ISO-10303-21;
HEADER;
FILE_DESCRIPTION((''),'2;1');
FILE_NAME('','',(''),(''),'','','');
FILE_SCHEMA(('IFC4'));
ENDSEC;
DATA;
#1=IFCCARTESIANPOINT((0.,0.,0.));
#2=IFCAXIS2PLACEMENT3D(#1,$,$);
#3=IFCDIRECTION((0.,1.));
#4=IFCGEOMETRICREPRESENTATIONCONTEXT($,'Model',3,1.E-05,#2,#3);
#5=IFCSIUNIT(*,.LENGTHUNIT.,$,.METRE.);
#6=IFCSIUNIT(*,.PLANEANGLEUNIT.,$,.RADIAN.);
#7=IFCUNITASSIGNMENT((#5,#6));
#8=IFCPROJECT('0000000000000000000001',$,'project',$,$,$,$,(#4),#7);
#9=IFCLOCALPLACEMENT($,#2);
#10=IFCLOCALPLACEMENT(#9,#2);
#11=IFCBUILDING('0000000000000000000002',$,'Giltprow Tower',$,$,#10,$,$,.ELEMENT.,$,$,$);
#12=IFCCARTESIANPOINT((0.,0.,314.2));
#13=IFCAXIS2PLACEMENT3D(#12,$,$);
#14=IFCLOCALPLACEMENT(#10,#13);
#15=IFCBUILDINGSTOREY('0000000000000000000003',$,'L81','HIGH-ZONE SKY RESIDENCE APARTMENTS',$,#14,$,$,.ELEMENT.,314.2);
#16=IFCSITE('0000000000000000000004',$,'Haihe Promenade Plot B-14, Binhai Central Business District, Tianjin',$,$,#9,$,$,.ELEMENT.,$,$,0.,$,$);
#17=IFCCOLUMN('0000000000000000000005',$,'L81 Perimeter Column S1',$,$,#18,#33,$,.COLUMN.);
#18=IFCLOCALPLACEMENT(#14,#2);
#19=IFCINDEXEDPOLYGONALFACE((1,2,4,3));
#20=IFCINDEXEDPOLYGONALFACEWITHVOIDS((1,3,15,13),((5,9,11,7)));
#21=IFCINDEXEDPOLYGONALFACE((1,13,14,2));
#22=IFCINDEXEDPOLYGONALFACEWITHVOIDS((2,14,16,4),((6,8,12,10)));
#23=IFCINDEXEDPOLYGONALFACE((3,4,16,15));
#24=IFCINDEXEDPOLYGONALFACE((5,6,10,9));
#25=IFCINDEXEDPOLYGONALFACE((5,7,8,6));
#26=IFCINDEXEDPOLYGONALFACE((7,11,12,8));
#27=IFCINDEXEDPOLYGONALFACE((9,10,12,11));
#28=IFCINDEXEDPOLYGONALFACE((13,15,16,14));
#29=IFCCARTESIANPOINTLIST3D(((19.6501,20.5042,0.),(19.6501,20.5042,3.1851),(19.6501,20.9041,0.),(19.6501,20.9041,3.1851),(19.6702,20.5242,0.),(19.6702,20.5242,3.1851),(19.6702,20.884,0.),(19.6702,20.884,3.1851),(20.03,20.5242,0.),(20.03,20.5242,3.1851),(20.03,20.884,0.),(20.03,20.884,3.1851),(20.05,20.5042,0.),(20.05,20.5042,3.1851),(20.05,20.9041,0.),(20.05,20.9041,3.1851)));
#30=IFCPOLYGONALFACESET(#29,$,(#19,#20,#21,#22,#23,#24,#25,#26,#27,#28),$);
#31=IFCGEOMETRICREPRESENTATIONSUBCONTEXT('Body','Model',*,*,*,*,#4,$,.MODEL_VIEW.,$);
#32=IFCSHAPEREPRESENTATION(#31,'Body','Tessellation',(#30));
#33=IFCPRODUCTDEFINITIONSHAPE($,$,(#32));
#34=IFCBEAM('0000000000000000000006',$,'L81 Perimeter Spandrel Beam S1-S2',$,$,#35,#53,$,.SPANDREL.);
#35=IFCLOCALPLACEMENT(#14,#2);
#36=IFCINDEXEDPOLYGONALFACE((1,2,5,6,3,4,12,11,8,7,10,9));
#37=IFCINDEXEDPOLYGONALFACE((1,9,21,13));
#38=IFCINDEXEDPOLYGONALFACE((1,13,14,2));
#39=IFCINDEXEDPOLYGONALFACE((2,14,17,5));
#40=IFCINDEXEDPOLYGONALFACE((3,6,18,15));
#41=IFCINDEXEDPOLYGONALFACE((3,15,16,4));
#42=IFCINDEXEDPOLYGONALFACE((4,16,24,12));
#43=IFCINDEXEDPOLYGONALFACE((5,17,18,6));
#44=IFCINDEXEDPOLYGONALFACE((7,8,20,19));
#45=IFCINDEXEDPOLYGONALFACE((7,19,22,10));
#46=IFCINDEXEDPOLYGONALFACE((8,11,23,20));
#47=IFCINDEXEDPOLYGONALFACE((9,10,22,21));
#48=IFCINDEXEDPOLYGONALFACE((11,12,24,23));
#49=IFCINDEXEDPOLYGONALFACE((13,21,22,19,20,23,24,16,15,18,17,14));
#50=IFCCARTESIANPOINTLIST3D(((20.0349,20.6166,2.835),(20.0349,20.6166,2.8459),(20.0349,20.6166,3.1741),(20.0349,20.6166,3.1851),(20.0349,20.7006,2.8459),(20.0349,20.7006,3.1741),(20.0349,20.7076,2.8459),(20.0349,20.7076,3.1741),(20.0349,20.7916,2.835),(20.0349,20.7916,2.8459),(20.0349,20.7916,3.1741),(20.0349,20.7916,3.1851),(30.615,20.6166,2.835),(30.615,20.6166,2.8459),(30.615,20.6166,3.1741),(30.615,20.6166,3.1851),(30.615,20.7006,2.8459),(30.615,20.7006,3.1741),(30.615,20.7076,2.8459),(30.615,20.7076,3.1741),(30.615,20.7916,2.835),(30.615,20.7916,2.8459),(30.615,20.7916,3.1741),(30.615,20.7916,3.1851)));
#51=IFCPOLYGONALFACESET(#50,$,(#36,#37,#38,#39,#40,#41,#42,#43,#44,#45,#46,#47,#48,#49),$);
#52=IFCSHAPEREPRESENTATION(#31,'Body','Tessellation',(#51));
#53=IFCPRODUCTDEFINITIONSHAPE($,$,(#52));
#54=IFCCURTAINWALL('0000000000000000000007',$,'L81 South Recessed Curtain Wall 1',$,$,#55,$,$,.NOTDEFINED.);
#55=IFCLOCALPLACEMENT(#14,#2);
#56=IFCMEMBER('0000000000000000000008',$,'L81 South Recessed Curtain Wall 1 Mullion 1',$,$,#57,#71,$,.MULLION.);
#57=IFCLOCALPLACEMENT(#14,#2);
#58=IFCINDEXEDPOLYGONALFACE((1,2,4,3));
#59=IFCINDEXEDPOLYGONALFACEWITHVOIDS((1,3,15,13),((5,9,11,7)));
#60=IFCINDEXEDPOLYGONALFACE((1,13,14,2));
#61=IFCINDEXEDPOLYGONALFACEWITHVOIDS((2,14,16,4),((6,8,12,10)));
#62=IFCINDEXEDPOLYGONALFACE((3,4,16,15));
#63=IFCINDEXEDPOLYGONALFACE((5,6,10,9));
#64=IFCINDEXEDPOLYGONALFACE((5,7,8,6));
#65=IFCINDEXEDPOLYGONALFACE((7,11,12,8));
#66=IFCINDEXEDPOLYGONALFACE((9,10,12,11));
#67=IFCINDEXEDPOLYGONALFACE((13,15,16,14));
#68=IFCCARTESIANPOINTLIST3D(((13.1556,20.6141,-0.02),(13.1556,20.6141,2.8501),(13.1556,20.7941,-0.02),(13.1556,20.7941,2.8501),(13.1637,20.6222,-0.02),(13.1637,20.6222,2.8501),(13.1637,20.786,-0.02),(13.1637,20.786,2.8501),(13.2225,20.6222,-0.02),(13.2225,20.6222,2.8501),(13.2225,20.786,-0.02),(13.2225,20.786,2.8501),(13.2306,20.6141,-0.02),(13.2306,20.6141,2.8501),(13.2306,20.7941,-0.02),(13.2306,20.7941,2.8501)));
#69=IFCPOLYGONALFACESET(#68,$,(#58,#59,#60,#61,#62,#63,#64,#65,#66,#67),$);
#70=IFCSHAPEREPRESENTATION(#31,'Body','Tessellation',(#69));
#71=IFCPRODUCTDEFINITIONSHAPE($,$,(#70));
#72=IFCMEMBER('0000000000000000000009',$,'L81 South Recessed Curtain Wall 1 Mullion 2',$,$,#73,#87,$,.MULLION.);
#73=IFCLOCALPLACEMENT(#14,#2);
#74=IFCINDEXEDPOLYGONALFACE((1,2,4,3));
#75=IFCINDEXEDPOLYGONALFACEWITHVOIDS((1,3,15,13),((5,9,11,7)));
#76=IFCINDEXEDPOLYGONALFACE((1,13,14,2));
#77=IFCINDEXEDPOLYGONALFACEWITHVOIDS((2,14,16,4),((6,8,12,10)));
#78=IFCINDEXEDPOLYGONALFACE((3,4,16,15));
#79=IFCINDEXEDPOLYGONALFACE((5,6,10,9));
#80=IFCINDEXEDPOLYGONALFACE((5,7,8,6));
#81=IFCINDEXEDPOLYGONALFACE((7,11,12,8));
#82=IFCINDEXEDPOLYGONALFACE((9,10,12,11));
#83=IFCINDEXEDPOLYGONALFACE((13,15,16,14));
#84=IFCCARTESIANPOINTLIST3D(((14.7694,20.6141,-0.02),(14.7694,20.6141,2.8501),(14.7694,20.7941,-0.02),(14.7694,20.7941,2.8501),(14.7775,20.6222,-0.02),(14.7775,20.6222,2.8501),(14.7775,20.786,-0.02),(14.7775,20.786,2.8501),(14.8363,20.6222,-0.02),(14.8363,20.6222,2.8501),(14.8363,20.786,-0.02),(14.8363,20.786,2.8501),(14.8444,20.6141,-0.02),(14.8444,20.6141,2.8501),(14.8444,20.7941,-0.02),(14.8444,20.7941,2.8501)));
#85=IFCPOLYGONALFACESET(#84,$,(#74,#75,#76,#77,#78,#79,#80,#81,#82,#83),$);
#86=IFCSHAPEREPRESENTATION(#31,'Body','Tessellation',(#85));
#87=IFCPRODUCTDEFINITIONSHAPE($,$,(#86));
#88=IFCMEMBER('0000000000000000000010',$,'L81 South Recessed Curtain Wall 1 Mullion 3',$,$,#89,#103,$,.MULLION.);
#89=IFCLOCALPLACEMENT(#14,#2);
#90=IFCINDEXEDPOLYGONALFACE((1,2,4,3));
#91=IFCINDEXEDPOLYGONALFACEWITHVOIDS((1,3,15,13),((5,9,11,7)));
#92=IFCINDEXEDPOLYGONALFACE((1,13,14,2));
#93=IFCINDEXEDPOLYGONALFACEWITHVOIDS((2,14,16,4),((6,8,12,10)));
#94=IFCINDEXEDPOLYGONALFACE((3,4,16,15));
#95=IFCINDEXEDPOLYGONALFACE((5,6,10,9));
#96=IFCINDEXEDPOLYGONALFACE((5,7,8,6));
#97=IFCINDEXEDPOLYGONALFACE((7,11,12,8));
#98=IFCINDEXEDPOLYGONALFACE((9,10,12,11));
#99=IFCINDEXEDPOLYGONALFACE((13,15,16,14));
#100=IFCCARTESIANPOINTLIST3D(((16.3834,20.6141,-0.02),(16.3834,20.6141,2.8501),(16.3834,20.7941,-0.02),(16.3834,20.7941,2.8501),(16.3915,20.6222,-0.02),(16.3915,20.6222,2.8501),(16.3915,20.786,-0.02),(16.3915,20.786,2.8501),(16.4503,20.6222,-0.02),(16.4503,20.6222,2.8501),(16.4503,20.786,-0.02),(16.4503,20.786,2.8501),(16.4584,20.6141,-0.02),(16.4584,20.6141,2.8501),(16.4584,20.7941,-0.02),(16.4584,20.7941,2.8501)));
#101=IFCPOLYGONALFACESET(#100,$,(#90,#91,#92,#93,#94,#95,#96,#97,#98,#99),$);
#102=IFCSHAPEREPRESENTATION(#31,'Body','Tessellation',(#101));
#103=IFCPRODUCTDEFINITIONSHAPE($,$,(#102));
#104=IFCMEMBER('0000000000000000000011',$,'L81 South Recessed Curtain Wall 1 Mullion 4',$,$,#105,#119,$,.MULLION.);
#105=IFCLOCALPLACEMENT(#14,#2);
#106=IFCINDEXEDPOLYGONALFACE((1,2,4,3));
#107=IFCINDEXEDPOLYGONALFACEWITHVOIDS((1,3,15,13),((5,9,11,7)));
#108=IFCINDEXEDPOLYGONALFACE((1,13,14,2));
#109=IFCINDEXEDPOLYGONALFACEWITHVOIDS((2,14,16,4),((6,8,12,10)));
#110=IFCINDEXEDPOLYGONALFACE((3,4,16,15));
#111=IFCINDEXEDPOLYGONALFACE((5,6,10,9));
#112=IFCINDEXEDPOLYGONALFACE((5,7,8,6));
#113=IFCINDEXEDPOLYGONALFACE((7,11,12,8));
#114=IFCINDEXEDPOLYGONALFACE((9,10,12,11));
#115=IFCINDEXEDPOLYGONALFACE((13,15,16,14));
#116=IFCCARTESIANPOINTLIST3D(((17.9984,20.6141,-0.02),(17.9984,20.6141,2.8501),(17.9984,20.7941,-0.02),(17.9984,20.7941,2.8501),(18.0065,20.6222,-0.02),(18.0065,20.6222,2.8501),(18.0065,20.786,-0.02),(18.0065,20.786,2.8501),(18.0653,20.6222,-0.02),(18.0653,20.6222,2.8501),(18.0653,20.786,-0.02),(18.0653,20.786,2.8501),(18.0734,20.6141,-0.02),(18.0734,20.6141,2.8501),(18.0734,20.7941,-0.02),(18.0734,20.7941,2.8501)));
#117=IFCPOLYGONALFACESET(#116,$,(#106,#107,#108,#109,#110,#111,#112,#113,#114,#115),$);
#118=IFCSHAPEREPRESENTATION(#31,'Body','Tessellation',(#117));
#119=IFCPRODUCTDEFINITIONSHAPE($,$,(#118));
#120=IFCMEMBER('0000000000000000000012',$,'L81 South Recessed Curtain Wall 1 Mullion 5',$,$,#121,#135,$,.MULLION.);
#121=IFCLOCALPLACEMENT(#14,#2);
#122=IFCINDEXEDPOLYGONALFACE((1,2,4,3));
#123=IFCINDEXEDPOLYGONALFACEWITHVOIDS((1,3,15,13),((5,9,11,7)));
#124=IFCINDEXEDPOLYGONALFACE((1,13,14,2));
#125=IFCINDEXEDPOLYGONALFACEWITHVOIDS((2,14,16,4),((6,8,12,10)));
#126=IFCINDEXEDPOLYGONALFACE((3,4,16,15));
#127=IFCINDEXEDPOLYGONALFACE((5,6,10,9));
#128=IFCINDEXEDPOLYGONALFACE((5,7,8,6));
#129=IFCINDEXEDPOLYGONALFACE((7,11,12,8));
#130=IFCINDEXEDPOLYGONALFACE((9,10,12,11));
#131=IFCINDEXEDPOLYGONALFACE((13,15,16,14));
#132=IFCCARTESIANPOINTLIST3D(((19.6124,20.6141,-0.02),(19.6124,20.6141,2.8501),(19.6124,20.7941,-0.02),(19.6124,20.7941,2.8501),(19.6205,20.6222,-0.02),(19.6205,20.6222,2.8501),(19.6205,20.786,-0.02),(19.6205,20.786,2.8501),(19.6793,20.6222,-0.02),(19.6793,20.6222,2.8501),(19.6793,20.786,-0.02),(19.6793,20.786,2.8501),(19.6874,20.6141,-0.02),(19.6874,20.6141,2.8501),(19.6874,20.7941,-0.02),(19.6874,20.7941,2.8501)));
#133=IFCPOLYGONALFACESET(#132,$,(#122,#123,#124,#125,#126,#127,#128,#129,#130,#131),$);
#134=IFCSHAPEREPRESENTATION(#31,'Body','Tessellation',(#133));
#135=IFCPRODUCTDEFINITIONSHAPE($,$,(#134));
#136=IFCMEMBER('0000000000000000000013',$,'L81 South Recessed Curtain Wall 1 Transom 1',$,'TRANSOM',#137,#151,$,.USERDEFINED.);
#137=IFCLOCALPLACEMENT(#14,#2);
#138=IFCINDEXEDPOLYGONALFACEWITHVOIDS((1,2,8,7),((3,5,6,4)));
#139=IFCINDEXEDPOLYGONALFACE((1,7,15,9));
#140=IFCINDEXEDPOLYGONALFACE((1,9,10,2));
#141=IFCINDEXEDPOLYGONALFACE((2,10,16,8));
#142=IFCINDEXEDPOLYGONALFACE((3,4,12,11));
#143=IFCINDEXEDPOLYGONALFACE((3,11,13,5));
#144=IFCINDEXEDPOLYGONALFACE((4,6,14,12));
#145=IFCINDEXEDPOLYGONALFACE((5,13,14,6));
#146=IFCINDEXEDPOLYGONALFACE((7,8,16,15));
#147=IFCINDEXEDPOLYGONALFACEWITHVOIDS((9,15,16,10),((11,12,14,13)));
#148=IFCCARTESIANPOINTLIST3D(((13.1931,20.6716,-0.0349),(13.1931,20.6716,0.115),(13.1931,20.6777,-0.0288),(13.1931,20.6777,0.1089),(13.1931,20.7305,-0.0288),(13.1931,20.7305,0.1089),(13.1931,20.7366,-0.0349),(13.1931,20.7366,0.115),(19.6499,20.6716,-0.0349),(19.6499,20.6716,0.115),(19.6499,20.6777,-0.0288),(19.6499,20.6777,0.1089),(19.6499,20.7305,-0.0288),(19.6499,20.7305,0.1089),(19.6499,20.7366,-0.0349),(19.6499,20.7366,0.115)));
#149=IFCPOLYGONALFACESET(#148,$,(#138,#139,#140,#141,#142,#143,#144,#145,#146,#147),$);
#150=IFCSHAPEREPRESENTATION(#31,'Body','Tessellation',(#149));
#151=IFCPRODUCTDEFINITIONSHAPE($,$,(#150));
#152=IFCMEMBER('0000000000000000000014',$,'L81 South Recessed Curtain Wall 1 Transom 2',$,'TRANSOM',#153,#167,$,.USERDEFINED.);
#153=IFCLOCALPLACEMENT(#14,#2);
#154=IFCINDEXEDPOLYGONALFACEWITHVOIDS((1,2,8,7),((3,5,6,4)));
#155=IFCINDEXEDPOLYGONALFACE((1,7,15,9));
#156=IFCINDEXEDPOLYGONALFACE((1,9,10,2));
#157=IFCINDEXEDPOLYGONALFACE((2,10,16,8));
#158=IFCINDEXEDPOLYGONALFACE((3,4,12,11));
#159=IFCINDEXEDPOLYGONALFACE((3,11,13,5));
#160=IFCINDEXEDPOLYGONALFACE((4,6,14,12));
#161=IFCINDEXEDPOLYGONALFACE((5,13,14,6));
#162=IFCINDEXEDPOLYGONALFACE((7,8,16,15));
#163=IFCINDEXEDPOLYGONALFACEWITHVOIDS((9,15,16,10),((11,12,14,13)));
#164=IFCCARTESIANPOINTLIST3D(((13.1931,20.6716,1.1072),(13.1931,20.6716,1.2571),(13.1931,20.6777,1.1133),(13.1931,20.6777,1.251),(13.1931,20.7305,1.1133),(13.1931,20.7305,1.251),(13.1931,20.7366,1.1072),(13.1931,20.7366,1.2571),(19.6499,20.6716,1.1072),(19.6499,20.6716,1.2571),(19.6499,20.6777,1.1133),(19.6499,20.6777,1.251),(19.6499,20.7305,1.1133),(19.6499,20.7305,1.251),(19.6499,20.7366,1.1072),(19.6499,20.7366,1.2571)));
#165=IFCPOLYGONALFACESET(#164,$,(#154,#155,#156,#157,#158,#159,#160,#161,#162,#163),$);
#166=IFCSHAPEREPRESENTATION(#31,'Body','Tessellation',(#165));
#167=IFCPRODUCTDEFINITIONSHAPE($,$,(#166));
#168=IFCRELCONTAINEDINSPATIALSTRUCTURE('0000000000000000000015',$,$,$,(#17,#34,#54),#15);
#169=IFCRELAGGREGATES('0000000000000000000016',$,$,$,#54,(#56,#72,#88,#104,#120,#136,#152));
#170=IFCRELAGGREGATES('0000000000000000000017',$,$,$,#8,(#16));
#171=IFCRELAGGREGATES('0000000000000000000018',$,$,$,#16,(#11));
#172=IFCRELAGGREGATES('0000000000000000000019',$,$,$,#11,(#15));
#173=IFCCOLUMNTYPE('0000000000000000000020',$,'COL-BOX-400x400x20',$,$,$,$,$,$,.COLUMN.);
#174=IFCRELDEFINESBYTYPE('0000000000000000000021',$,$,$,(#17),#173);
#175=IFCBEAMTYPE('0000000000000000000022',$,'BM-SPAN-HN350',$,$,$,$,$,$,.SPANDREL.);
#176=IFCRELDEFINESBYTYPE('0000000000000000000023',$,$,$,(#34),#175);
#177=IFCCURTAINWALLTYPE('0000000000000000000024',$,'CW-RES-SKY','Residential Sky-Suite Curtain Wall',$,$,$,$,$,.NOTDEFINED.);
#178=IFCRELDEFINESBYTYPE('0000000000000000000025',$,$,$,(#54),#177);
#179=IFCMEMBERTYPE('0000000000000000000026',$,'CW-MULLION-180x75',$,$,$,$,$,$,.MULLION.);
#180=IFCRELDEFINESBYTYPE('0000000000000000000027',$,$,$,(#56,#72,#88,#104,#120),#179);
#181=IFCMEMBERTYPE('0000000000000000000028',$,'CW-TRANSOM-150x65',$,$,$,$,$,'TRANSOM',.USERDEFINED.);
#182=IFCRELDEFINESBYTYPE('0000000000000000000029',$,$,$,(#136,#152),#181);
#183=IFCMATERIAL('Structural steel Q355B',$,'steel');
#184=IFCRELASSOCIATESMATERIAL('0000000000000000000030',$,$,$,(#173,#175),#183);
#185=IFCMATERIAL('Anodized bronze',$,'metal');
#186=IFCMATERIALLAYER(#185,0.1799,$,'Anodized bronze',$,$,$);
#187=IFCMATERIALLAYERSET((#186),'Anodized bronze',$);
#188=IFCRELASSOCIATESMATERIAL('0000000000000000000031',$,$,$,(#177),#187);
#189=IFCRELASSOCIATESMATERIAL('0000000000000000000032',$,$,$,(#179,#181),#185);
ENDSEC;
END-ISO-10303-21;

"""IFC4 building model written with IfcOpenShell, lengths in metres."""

from ifc_helpers import new_model, si_unit, direction, frame, origin, origin_2d, place, context, subcontext, project, spatial, hollow_rectangle, i_section, extrude, source, transform, mapped, material, layer, layer_set, material_profile, profile_set, type_object, element, aggregate, save


model = new_model("IFC4")

# Units and contexts
model_context = context("Model", 3, precision=1e-05, world=origin(), true_north=direction((0.0, 1.0)))
body_context = subcontext(model_context, "Body", "Model", "MODEL_VIEW")
ifc_project = project(units=[si_unit("LENGTHUNIT", "METRE"), si_unit("PLANEANGLEUNIT", "RADIAN")], contexts=[model_context])

# Site, building, storey
site_placement = place(None, origin())
site = spatial("IfcSite", under=ifc_project, at=site_placement, Name="Haihe Promenade Plot B-14, Binhai Central Business District, Tianjin", CompositionType="ELEMENT", RefElevation=0.0)
building_placement = place(site_placement, origin())
building = spatial("IfcBuilding", under=site, at=building_placement, Name="Giltprow Tower", CompositionType="ELEMENT")
storey_placement = place(building_placement, frame((0.0, 0.0, 314.2)))
storey = spatial("IfcBuildingStorey", under=building, at=storey_placement, Name="L81", Description="HIGH-ZONE SKY RESIDENCE APARTMENTS", CompositionType="ELEMENT", Elevation=314.2)

# Column
ifc_material_1 = material(Name="Structural steel Q355B", Category="steel")
ifc_material_profile_1 = material_profile(ifc_material_1, hollow_rectangle(XDim=0.3999, YDim=0.3999, WallThickness=0.02, at=origin_2d()), Name="BOX 400x400x20")
ifc_profile_set_1 = profile_set([ifc_material_profile_1], Name="Structural steel Q355B")
column_type = type_object("IfcColumnType", Name="COL-BOX-400x400x20", PredefinedType="COLUMN", material=ifc_profile_set_1)
shared_shape_1 = source(origin(), body_context, "Body", "SweptSolid", [
    extrude(hollow_rectangle(XDim=0.3999, YDim=0.3999, WallThickness=0.02, at=origin_2d()), origin(), (0.0, 0.0, 1.0), 3.1851),
])
column_placement = place(storey_placement, frame((19.8501, 20.7041, 0.0), z_axis=(0.0, 0.0, 1.0), x_axis=(1.0, 0.0, 0.0)))
element("IfcColumn", 1, at=column_placement, inside=storey, type_object=column_type, Name="L81 Perimeter Column S1", PredefinedType="COLUMN", context=body_context, shape_type="MappedRepresentation", body=[
    mapped(shared_shape_1, transform((0.0, 0.0, 0.0), x_axis=(1.0, 0.0, 0.0), y_axis=(0.0, 1.0, 0.0), z_axis=(0.0, 0.0, 1.0), scale=1.0)),
])

# Beam
ifc_material_profile_2 = material_profile(ifc_material_1, i_section(OverallWidth=0.175, OverallDepth=0.3501, WebThickness=0.0071, FlangeThickness=0.011, at=origin_2d()), Name="HN 350x175x7x11")
ifc_profile_set_2 = profile_set([ifc_material_profile_2], Name="Structural steel Q355B")
beam_type = type_object("IfcBeamType", Name="BM-SPAN-HN350", PredefinedType="SPANDREL", material=ifc_profile_set_2)
shared_shape_2 = source(origin(), body_context, "Body", "SweptSolid", [
    extrude(i_section(OverallWidth=0.175, OverallDepth=0.3501, WebThickness=0.0071, FlangeThickness=0.011, at=origin_2d()), origin(), (0.0, 0.0, 1.0), 10.5801),
])
beam_placement = place(storey_placement, frame((20.0349, 20.7041, 3.01), z_axis=(1.0, 0.0, 0.0), x_axis=(0.0, 1.0, 0.0)))
element("IfcBeam", 2, at=beam_placement, inside=storey, type_object=beam_type, Name="L81 Perimeter Spandrel Beam S1-S2", PredefinedType="SPANDREL", context=body_context, shape_type="MappedRepresentation", body=[
    mapped(shared_shape_2, transform((0.0, 0.0, 0.0), x_axis=(1.0, 0.0, 0.0), y_axis=(0.0, 1.0, 0.0), z_axis=(0.0, 0.0, 1.0), scale=1.0)),
])

# Curtain wall, members
ifc_material_2 = material(Name="Anodized bronze", Category="metal")
ifc_layer_1 = layer(ifc_material_2, 0.1799, Name="Anodized bronze")
ifc_layer_set_1 = layer_set([ifc_layer_1], Name="Anodized bronze")
curtain_wall_type = type_object("IfcCurtainWallType", Name="CW-RES-SKY", Description="Residential Sky-Suite Curtain Wall", PredefinedType="NOTDEFINED", material=ifc_layer_set_1)
curtain_wall_placement = place(storey_placement, origin())
curtain_wall = element("IfcCurtainWall", 3, at=curtain_wall_placement, inside=storey, type_object=curtain_wall_type, Name="L81 South Recessed Curtain Wall 1", PredefinedType="NOTDEFINED")
ifc_material_profile_3 = material_profile(ifc_material_2, hollow_rectangle(XDim=0.075, YDim=0.1799, WallThickness=0.0081, at=origin_2d()), Name="RHS 180x75x8")
ifc_profile_set_3 = profile_set([ifc_material_profile_3], Name="Anodized bronze")
member_type_1 = type_object("IfcMemberType", Name="CW-MULLION-180x75", PredefinedType="MULLION", material=ifc_profile_set_3)
shared_shape_3 = source(origin(), body_context, "Body", "SweptSolid", [
    extrude(hollow_rectangle(XDim=0.075, YDim=0.1799, WallThickness=0.0081, at=origin_2d()), origin(), (0.0, 0.0, 1.0), 2.8701),
])
member_1_placement = place(storey_placement, frame((13.1931, 20.7041, -0.02), z_axis=(0.0, 0.0, 1.0), x_axis=(1.0, 0.0, 0.0)))
member_1 = element("IfcMember", 4, at=member_1_placement, type_object=member_type_1, Name="L81 South Recessed Curtain Wall 1 Mullion 1", PredefinedType="MULLION", context=body_context, shape_type="MappedRepresentation", body=[
    mapped(shared_shape_3, transform((0.0, 0.0, 0.0), x_axis=(1.0, 0.0, 0.0), y_axis=(0.0, 1.0, 0.0), z_axis=(0.0, 0.0, 1.0), scale=1.0)),
])
member_2_placement = place(storey_placement, frame((14.8069, 20.7041, -0.02), z_axis=(0.0, 0.0, 1.0), x_axis=(1.0, 0.0, 0.0)))
member_2 = element("IfcMember", 5, at=member_2_placement, type_object=member_type_1, Name="L81 South Recessed Curtain Wall 1 Mullion 2", PredefinedType="MULLION", context=body_context, shape_type="MappedRepresentation", body=[
    mapped(shared_shape_3, transform((0.0, 0.0, 0.0), x_axis=(1.0, 0.0, 0.0), y_axis=(0.0, 1.0, 0.0), z_axis=(0.0, 0.0, 1.0), scale=1.0)),
])
member_3_placement = place(storey_placement, frame((16.4209, 20.7041, -0.02), z_axis=(0.0, 0.0, 1.0), x_axis=(1.0, 0.0, 0.0)))
member_3 = element("IfcMember", 6, at=member_3_placement, type_object=member_type_1, Name="L81 South Recessed Curtain Wall 1 Mullion 3", PredefinedType="MULLION", context=body_context, shape_type="MappedRepresentation", body=[
    mapped(shared_shape_3, transform((0.0, 0.0, 0.0), x_axis=(1.0, 0.0, 0.0), y_axis=(0.0, 1.0, 0.0), z_axis=(0.0, 0.0, 1.0), scale=1.0)),
])
member_4_placement = place(storey_placement, frame((18.0359, 20.7041, -0.02), z_axis=(0.0, 0.0, 1.0), x_axis=(1.0, 0.0, 0.0)))
member_4 = element("IfcMember", 7, at=member_4_placement, type_object=member_type_1, Name="L81 South Recessed Curtain Wall 1 Mullion 4", PredefinedType="MULLION", context=body_context, shape_type="MappedRepresentation", body=[
    mapped(shared_shape_3, transform((0.0, 0.0, 0.0), x_axis=(1.0, 0.0, 0.0), y_axis=(0.0, 1.0, 0.0), z_axis=(0.0, 0.0, 1.0), scale=1.0)),
])
member_5_placement = place(storey_placement, frame((19.6499, 20.7041, -0.02), z_axis=(0.0, 0.0, 1.0), x_axis=(1.0, 0.0, 0.0)))
member_5 = element("IfcMember", 8, at=member_5_placement, type_object=member_type_1, Name="L81 South Recessed Curtain Wall 1 Mullion 5", PredefinedType="MULLION", context=body_context, shape_type="MappedRepresentation", body=[
    mapped(shared_shape_3, transform((0.0, 0.0, 0.0), x_axis=(1.0, 0.0, 0.0), y_axis=(0.0, 1.0, 0.0), z_axis=(0.0, 0.0, 1.0), scale=1.0)),
])
ifc_material_profile_4 = material_profile(ifc_material_2, hollow_rectangle(XDim=0.0649, YDim=0.1499, WallThickness=0.0061, at=origin_2d()), Name="RHS 150x65x6")
ifc_profile_set_4 = profile_set([ifc_material_profile_4], Name="Anodized bronze")
member_type_2 = type_object("IfcMemberType", Name="CW-TRANSOM-150x65", ElementType="TRANSOM", PredefinedType="USERDEFINED", material=ifc_profile_set_4)
shared_shape_4 = source(origin(), body_context, "Body", "SweptSolid", [
    extrude(hollow_rectangle(XDim=0.0649, YDim=0.1499, WallThickness=0.0061, at=origin_2d()), origin(), (0.0, 0.0, 1.0), 6.4568),
])
member_6_placement = place(storey_placement, frame((13.1931, 20.7041, 0.04), z_axis=(1.0, 0.0, 0.0), x_axis=(0.0, 1.0, 0.0)))
member_6 = element("IfcMember", 9, at=member_6_placement, type_object=member_type_2, Name="L81 South Recessed Curtain Wall 1 Transom 1", ObjectType="TRANSOM", PredefinedType="USERDEFINED", context=body_context, shape_type="MappedRepresentation", body=[
    mapped(shared_shape_4, transform((0.0, 0.0, 0.0), x_axis=(1.0, 0.0, 0.0), y_axis=(0.0, 1.0, 0.0), z_axis=(0.0, 0.0, 1.0), scale=1.0)),
])
member_7_placement = place(storey_placement, frame((13.1931, 20.7041, 1.1821), z_axis=(1.0, 0.0, 0.0), x_axis=(0.0, 1.0, 0.0)))
member_7 = element("IfcMember", 10, at=member_7_placement, type_object=member_type_2, Name="L81 South Recessed Curtain Wall 1 Transom 2", ObjectType="TRANSOM", PredefinedType="USERDEFINED", context=body_context, shape_type="MappedRepresentation", body=[
    mapped(shared_shape_4, transform((0.0, 0.0, 0.0), x_axis=(1.0, 0.0, 0.0), y_axis=(0.0, 1.0, 0.0), z_axis=(0.0, 0.0, 1.0), scale=1.0)),
])

aggregate(curtain_wall, [member_1, member_2, member_3, member_4, member_5, member_6, member_7])

save(model, "model.ifc")
